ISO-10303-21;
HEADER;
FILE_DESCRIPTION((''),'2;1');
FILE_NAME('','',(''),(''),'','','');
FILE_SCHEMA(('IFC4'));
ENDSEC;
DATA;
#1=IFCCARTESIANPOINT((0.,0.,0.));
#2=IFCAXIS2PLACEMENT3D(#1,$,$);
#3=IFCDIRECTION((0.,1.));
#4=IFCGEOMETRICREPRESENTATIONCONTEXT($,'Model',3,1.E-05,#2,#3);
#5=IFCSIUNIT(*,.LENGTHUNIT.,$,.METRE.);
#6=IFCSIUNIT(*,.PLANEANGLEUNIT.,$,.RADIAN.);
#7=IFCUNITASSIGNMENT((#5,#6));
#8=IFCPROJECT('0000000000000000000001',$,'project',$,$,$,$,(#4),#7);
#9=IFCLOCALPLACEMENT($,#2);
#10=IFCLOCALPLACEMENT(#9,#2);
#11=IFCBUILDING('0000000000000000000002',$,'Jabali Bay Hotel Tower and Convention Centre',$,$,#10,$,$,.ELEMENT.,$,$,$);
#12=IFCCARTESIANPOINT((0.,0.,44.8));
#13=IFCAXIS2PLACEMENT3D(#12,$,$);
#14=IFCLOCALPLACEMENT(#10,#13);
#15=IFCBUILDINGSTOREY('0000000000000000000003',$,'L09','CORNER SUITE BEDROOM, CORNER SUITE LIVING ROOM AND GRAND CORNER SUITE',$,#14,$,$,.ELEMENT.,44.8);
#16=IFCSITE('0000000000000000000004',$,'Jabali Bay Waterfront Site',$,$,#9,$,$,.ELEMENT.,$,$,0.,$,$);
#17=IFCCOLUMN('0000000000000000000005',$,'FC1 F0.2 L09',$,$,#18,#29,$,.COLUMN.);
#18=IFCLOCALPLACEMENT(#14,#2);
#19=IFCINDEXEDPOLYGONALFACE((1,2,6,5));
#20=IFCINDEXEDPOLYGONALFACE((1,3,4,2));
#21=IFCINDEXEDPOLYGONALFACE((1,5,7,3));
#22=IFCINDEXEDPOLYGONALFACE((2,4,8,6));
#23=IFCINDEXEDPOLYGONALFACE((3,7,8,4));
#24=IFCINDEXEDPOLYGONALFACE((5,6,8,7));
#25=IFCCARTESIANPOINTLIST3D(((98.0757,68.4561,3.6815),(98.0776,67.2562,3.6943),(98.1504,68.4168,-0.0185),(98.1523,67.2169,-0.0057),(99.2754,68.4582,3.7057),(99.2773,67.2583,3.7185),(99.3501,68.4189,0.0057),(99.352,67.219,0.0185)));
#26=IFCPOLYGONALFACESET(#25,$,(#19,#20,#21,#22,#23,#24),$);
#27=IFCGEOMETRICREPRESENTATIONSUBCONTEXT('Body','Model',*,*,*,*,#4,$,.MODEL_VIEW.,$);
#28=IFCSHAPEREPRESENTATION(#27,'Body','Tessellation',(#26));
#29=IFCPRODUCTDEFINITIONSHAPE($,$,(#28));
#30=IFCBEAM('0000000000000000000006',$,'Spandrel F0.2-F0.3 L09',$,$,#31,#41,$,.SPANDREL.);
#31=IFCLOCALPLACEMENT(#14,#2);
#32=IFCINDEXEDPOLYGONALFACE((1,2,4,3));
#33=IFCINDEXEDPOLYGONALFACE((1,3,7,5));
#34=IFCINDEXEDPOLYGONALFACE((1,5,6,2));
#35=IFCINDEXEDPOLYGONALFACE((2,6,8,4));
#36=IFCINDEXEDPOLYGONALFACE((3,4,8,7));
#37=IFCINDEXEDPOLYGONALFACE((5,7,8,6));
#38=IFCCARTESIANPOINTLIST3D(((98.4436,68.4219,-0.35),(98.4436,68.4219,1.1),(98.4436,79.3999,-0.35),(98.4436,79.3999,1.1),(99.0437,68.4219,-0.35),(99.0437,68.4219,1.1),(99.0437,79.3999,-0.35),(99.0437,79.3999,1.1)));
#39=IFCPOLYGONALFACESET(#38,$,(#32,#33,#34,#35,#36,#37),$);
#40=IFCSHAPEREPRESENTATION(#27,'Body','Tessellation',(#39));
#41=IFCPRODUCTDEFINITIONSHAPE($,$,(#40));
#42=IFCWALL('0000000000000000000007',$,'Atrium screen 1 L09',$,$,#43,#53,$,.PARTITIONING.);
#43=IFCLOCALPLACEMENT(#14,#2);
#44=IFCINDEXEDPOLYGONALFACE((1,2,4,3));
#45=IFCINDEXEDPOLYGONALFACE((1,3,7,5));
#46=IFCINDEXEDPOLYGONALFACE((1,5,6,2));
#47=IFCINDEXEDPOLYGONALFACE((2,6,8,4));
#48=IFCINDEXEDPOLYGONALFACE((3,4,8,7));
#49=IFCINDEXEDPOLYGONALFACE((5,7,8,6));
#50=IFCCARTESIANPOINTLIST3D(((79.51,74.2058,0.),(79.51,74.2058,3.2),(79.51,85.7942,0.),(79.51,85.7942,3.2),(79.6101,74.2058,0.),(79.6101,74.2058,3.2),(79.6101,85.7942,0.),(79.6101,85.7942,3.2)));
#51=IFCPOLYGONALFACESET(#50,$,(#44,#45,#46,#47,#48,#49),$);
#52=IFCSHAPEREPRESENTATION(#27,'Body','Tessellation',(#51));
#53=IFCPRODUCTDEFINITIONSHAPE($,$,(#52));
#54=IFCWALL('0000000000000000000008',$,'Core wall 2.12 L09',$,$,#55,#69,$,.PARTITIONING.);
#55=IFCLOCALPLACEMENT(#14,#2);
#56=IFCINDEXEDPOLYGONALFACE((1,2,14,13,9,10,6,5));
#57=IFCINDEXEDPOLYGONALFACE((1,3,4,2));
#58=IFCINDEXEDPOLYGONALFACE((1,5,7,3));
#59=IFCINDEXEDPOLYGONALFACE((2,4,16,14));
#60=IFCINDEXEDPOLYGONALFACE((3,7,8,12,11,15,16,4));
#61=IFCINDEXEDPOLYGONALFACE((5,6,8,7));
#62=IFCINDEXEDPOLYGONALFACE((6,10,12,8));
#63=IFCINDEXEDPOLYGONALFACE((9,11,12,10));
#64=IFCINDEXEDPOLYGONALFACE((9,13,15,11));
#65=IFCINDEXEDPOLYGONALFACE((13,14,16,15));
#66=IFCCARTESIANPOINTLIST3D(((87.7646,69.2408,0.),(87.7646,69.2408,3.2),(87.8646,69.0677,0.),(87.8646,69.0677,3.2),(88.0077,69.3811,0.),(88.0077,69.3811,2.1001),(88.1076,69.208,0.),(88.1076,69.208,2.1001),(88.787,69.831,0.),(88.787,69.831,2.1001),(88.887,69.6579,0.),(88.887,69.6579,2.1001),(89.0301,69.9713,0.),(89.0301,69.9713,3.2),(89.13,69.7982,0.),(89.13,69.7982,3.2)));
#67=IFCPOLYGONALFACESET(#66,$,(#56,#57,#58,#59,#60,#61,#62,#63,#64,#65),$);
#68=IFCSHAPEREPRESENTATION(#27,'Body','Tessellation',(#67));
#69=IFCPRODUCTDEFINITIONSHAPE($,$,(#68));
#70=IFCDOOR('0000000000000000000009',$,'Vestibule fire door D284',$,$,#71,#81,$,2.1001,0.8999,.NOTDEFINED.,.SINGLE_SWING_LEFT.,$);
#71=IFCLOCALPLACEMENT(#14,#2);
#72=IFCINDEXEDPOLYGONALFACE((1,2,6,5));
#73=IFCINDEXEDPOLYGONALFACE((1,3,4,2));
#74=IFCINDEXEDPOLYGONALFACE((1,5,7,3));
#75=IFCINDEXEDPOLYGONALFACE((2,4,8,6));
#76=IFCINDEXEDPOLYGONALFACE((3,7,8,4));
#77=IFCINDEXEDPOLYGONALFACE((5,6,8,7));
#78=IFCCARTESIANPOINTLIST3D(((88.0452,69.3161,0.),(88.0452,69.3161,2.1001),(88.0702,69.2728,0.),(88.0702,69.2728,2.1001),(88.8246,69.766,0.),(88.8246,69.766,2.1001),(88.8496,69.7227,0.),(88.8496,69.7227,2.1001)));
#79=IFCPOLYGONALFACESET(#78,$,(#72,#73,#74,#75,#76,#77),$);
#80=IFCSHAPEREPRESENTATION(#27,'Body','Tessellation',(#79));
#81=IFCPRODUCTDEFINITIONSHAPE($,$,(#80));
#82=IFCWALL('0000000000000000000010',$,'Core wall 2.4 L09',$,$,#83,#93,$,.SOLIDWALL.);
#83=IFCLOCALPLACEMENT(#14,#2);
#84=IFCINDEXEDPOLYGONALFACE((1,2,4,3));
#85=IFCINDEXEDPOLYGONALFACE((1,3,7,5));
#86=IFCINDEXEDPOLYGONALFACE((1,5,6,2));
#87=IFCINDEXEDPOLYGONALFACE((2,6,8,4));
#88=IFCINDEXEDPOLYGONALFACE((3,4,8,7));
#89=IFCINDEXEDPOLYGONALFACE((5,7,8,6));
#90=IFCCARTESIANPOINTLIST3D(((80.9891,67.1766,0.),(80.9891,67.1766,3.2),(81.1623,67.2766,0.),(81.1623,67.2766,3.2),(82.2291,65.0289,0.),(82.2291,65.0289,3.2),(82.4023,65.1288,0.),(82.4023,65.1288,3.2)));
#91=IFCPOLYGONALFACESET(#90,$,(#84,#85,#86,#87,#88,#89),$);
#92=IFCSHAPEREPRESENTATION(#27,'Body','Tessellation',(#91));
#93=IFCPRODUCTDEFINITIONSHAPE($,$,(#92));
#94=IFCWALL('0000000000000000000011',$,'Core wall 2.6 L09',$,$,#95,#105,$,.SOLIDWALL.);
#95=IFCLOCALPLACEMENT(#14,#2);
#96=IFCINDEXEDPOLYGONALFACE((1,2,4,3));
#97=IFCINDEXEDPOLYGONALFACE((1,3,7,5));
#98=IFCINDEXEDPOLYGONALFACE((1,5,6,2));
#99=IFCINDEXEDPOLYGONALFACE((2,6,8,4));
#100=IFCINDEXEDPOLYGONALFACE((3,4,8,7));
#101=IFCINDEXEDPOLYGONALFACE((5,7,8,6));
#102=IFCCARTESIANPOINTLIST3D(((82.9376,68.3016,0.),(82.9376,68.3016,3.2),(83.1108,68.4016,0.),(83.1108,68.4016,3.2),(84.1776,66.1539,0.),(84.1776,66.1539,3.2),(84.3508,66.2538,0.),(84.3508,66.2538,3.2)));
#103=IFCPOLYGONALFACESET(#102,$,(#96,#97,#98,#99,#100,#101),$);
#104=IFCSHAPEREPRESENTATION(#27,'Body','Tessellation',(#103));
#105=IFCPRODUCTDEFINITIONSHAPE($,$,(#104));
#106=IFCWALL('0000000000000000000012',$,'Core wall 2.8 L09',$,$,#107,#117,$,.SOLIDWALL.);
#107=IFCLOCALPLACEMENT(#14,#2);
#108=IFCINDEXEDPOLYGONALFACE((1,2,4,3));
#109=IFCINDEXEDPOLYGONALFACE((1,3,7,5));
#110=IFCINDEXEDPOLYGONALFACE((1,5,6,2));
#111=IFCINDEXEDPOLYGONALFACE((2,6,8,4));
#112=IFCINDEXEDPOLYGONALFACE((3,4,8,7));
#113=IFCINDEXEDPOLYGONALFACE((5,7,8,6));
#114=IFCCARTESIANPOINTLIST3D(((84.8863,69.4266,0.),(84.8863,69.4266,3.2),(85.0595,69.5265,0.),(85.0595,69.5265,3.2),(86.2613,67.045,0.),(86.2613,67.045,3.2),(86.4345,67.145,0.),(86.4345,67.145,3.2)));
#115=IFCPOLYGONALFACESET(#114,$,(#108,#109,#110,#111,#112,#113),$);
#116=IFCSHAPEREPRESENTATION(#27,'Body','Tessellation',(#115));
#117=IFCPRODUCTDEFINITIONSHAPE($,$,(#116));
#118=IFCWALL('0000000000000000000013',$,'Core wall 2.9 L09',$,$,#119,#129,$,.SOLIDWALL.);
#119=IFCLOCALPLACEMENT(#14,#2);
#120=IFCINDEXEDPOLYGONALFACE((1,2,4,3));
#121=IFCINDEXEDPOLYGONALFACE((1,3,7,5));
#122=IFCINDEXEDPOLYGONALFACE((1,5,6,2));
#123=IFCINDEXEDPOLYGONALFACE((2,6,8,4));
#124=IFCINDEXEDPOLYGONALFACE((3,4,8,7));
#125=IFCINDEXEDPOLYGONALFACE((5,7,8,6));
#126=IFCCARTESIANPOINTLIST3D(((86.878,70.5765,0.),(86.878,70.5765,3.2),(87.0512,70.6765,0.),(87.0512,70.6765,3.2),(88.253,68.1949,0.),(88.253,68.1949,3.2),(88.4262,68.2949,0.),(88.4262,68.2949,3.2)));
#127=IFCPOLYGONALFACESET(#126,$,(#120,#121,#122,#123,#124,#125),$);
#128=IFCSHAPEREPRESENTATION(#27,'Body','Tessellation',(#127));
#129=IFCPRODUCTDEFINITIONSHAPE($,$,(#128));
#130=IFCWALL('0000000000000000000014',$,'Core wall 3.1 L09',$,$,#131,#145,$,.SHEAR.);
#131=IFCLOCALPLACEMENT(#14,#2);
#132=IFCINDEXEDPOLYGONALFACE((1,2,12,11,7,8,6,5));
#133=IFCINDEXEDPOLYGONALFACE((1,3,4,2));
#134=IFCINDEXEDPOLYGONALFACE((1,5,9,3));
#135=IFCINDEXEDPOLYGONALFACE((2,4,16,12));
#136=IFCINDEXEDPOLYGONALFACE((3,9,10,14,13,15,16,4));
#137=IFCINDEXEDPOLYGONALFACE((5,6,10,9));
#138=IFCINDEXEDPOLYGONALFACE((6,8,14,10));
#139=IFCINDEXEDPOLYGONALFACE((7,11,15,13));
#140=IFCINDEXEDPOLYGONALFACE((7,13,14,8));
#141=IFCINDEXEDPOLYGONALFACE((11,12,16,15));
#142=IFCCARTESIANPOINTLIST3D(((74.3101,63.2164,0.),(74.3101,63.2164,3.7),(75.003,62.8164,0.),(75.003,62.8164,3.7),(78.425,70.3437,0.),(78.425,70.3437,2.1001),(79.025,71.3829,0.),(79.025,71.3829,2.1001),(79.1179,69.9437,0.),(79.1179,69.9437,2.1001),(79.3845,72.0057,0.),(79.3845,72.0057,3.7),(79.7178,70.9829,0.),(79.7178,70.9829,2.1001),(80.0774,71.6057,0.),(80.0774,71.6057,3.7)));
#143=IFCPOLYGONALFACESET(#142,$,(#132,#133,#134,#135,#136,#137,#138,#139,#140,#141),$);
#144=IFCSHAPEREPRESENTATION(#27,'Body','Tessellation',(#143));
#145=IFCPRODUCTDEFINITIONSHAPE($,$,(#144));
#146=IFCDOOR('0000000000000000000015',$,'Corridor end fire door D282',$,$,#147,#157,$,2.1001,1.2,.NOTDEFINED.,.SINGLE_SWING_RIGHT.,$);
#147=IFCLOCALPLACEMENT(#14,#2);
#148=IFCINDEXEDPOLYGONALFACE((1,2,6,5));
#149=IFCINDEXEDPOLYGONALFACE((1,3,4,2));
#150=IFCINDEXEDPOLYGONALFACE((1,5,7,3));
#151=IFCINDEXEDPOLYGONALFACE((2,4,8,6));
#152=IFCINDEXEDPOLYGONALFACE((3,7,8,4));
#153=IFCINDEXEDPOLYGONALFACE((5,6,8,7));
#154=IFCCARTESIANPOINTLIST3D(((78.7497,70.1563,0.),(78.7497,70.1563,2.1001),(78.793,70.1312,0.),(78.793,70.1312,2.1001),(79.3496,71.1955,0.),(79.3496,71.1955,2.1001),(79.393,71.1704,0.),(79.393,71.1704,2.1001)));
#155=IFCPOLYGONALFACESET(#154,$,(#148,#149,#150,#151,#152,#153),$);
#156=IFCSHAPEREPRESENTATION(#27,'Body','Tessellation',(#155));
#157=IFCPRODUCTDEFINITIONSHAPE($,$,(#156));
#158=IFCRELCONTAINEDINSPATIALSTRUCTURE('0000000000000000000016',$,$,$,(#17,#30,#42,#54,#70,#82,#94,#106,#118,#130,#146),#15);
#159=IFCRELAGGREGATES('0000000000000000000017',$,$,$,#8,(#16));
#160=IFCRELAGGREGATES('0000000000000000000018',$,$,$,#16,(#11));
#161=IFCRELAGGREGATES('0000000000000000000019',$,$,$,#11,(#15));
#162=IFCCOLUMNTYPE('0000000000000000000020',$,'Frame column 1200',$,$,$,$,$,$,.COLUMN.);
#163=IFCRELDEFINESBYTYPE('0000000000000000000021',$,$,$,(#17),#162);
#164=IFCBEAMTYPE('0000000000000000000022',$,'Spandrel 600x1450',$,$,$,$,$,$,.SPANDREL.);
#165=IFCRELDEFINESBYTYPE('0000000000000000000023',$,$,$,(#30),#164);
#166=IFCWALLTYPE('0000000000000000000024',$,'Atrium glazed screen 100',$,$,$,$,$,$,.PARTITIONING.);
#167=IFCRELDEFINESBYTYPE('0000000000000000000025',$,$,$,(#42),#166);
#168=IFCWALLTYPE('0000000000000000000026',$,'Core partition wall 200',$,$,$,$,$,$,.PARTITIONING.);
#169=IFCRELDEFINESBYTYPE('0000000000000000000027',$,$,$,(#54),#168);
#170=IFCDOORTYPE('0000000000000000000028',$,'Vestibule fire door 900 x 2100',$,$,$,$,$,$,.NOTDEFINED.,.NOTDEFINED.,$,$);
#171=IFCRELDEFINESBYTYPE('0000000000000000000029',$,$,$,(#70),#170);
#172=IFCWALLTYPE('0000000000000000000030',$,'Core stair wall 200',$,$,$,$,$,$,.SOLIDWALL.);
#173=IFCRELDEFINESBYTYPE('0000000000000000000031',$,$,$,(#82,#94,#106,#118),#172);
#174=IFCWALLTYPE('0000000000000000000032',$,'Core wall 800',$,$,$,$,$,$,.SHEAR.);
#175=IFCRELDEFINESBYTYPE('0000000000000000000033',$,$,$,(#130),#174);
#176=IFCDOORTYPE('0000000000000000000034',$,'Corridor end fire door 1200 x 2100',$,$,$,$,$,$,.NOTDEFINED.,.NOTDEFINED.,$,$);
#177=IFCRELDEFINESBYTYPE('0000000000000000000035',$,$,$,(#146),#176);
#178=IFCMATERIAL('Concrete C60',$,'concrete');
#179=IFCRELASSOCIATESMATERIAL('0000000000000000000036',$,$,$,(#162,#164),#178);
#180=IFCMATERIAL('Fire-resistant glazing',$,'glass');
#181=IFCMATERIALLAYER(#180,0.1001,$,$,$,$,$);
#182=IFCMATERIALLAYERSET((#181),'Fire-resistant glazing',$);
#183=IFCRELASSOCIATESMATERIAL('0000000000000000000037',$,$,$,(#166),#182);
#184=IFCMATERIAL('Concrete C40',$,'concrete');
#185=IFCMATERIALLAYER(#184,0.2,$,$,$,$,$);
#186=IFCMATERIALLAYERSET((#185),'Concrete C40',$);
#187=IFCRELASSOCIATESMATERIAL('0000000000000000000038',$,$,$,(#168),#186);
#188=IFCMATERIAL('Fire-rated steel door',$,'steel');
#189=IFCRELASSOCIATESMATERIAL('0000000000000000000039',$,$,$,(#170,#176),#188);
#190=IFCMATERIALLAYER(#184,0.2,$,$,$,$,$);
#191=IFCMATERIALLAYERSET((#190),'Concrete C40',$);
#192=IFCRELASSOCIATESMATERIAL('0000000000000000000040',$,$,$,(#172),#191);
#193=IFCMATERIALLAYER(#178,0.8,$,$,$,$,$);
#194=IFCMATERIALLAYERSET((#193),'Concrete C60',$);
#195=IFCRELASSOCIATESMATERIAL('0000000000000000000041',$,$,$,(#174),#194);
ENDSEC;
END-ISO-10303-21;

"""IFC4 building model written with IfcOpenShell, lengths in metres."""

from ifc_helpers import new_model, si_unit, direction, frame, frame_2d, origin, origin_2d, place, context, subcontext, project, spatial, rectangle, extrude, material, layer, layer_set, material_profile, profile_set, type_object, element, fill, save


model = new_model("IFC4")

# Units and contexts
model_context = context("Model", 3, precision=1e-05, world=origin(), true_north=direction((0.0, 1.0)))
body_context = subcontext(model_context, "Body", "Model", "MODEL_VIEW")
ifc_project = project(units=[si_unit("LENGTHUNIT", "METRE"), si_unit("PLANEANGLEUNIT", "RADIAN")], contexts=[model_context])

# Site, building, storey
site_placement = place(None, origin())
site = spatial("IfcSite", under=ifc_project, at=site_placement, Name="Jabali Bay Waterfront Site", CompositionType="ELEMENT", RefElevation=0.0)
building_placement = place(site_placement, origin())
building = spatial("IfcBuilding", under=site, at=building_placement, Name="Jabali Bay Hotel Tower and Convention Centre", CompositionType="ELEMENT")
storey_placement = place(building_placement, frame((0.0, 0.0, 44.8)))
storey = spatial("IfcBuildingStorey", under=building, at=storey_placement, Name="L09", Description="CORNER SUITE BEDROOM, CORNER SUITE LIVING ROOM AND GRAND CORNER SUITE", CompositionType="ELEMENT", Elevation=44.8)

# Column
ifc_material_1 = material(Name="Concrete C60", Category="concrete")
ifc_material_profile_1 = material_profile(ifc_material_1, rectangle(XDim=1.2, YDim=1.2, at=origin_2d()), Name="Frame column 1200")
ifc_profile_set_1 = profile_set([ifc_material_profile_1], Name="Concrete C60")
column_type = type_object("IfcColumnType", Name="Frame column 1200", PredefinedType="COLUMN", material=ifc_profile_set_1)
column_placement = place(storey_placement, frame((98.7512, 67.8179, 0.0), z_axis=(-0.020186, 0.010621, 0.99974), x_axis=(0.001543, -0.999942, 0.010654)))
element("IfcColumn", 1, at=column_placement, inside=storey, type_object=column_type, Name="FC1 F0.2 L09", PredefinedType="COLUMN", context=body_context, shape_type="SweptSolid", body=[
    extrude(rectangle(XDim=1.2, YDim=1.2, at=origin_2d()), origin(), (0.0, 0.0, 1.0), 3.7009),
])

# Beam
ifc_material_profile_2 = material_profile(ifc_material_1, rectangle(XDim=0.6001, YDim=1.45, at=origin_2d()), Name="Spandrel 600x1450")
ifc_profile_set_2 = profile_set([ifc_material_profile_2], Name="Concrete C60")
beam_type = type_object("IfcBeamType", Name="Spandrel 600x1450", PredefinedType="SPANDREL", material=ifc_profile_set_2)
beam_placement = place(storey_placement, frame((98.7437, 68.4219, 0.375), z_axis=(0.0, 1.0, 0.0), x_axis=(-1.0, 0.0, 0.0)))
element("IfcBeam", 2, at=beam_placement, inside=storey, type_object=beam_type, Name="Spandrel F0.2-F0.3 L09", PredefinedType="SPANDREL", context=body_context, shape_type="SweptSolid", body=[
    extrude(rectangle(XDim=0.6001, YDim=1.45, at=origin_2d()), origin(), (0.0, 0.0, 1.0), 10.978),
])

# Wall
ifc_material_2 = material(Name="Fire-resistant glazing", Category="glass")
ifc_layer_1 = layer(ifc_material_2, 0.1001)
ifc_layer_set_1 = layer_set([ifc_layer_1], Name="Fire-resistant glazing")
wall_type_1 = type_object("IfcWallType", Name="Atrium glazed screen 100", PredefinedType="PARTITIONING", material=ifc_layer_set_1)
wall_1_placement = place(storey_placement, frame((79.5601, 74.2058, 0.0), z_axis=(0.0, 0.0, 1.0), x_axis=(0.0, 1.0, 0.0)))
element("IfcWall", 3, at=wall_1_placement, inside=storey, type_object=wall_type_1, Name="Atrium screen 1 L09", PredefinedType="PARTITIONING", context=body_context, shape_type="SweptSolid", body=[
    extrude(rectangle(XDim=11.5884, YDim=0.1001, at=frame_2d((5.7942, 0.0))), origin(), (0.0, 0.0, 1.0), 3.2),
])

# Wall, opening, door
ifc_material_3 = material(Name="Concrete C40", Category="concrete")
ifc_layer_2 = layer(ifc_material_3, 0.2)
ifc_layer_set_2 = layer_set([ifc_layer_2], Name="Concrete C40")
wall_type_2 = type_object("IfcWallType", Name="Core partition wall 200", PredefinedType="PARTITIONING", material=ifc_layer_set_2)
wall_2_placement = place(storey_placement, frame((87.8147, 69.1543, 0.0), z_axis=(0.0, 0.0, 1.0), x_axis=(0.866055, 0.499949, 0.0)))
wall_2 = element("IfcWall", 4, at=wall_2_placement, inside=storey, type_object=wall_type_2, Name="Core wall 2.12 L09", PredefinedType="PARTITIONING", context=body_context, shape_type="SweptSolid", body=[
    extrude(rectangle(XDim=1.4612, YDim=0.2, at=frame_2d((0.7305, 0.0))), origin(), (0.0, 0.0, 1.0), 3.2),
])
opening_1_placement = place(wall_2_placement, frame((0.2805, 0.0, 0.0)))
opening_1 = element("IfcOpeningElement", 5, at=opening_1_placement, cuts=wall_2, PredefinedType="OPENING", context=body_context, shape_type="SweptSolid", body=[
    extrude(rectangle(XDim=0.8999, YDim=2.1001, at=frame_2d((0.45, 1.05))), frame((0.0, 0.1104, 0.0), z_axis=(0.0, -1.0, 0.0), x_axis=(1.0, 0.0, 0.0)), (0.0, 0.0, 1.0), 0.2209),
])
ifc_material_4 = material(Name="Fire-rated steel door", Category="steel")
door_type_1 = type_object("IfcDoorType", Name="Vestibule fire door 900 x 2100", OperationType="NOTDEFINED", PredefinedType="NOTDEFINED", material=ifc_material_4)
door_1_placement = place(opening_1_placement, origin())
door_1 = element("IfcDoor", 6, at=door_1_placement, inside=storey, type_object=door_type_1, Name="Vestibule fire door D284", OperationType="SINGLE_SWING_LEFT", OverallHeight=2.1001, OverallWidth=0.8999, PredefinedType="NOTDEFINED", context=body_context, shape_type="SweptSolid", body=[
    extrude(rectangle(XDim=0.8999, YDim=2.1001, at=frame_2d((0.45, 1.05))), frame((0.0, 0.0249, 0.0), z_axis=(0.0, -1.0, 0.0), x_axis=(1.0, 0.0, 0.0)), (0.0, 0.0, 1.0), 0.05),
])
fill(opening_1, door_1)

# Walls
ifc_layer_3 = layer(ifc_material_3, 0.2)
ifc_layer_set_3 = layer_set([ifc_layer_3], Name="Concrete C40")
wall_type_3 = type_object("IfcWallType", Name="Core stair wall 200", PredefinedType="SOLIDWALL", material=ifc_layer_set_3)
for number, where, z_axis, x_axis, name in (
    (7, (81.0757, 67.2266, 0.0), (0.0, 0.0, 1.0), (0.500004, -0.866023, 0.0), "Core wall 2.4 L09"),
    (8, (83.0242, 68.3516, 0.0), (0.0, 0.0, 1.0), (0.500004, -0.866023, 0.0), "Core wall 2.6 L09"),
):
    element("IfcWall", number, at=place(storey_placement, frame(where, z_axis=z_axis, x_axis=x_axis)), inside=storey, type_object=wall_type_3, Name=name, PredefinedType="SOLIDWALL", context=body_context, shape_type="SweptSolid", body=[
        extrude(rectangle(XDim=2.48, YDim=0.2, at=frame_2d((1.24, 0.0))), origin(), (0.0, 0.0, 1.0), 3.2),
    ])
for number, where, z_axis, x_axis, name in (
    (9, (84.9729, 69.4766, 0.0), (0.0, 0.0, 1.0), (0.499997, -0.866027, 0.0), "Core wall 2.8 L09"),
    (10, (86.9646, 70.6265, 0.0), (0.0, 0.0, 1.0), (0.499997, -0.866027, 0.0), "Core wall 2.9 L09"),
):
    element("IfcWall", number, at=place(storey_placement, frame(where, z_axis=z_axis, x_axis=x_axis)), inside=storey, type_object=wall_type_3, Name=name, PredefinedType="SOLIDWALL", context=body_context, shape_type="SweptSolid", body=[
        extrude(rectangle(XDim=2.75, YDim=0.2, at=frame_2d((1.375, 0.0))), origin(), (0.0, 0.0, 1.0), 3.2),
    ])

# Wall, opening, door
ifc_layer_4 = layer(ifc_material_1, 0.8)
ifc_layer_set_4 = layer_set([ifc_layer_4], Name="Concrete C60")
wall_type_4 = type_object("IfcWallType", Name="Core wall 800", PredefinedType="SHEAR", material=ifc_layer_set_4)
wall_3_placement = place(storey_placement, frame((79.731, 71.8057, 0.0), z_axis=(0.0, 0.0, 1.0), x_axis=(-0.499997, -0.866027, 0.0)))
wall_3 = element("IfcWall", 11, at=wall_3_placement, inside=storey, type_object=wall_type_4, Name="Core wall 3.1 L09", PredefinedType="SHEAR", context=body_context, shape_type="SweptSolid", body=[
    extrude(rectangle(XDim=10.1489, YDim=0.8, at=frame_2d((5.0745, 0.0))), origin(), (0.0, 0.0, 1.0), 3.7),
])
opening_2_placement = place(wall_3_placement, frame((0.719, 0.0, 0.0)))
opening_2 = element("IfcOpeningElement", 12, at=opening_2_placement, cuts=wall_3, PredefinedType="OPENING", context=body_context, shape_type="SweptSolid", body=[
    extrude(rectangle(XDim=1.2, YDim=2.1001, at=frame_2d((0.6001, 1.05))), frame((0.0, 0.4106, 0.0), z_axis=(0.0, -1.0, 0.0), x_axis=(1.0, 0.0, 0.0)), (0.0, 0.0, 1.0), 0.821),
])
door_type_2 = type_object("IfcDoorType", Name="Corridor end fire door 1200 x 2100", OperationType="NOTDEFINED", PredefinedType="NOTDEFINED", material=ifc_material_4)
door_2_placement = place(opening_2_placement, origin())
door_2 = element("IfcDoor", 13, at=door_2_placement, inside=storey, type_object=door_type_2, Name="Corridor end fire door D282", OperationType="SINGLE_SWING_RIGHT", OverallHeight=2.1001, OverallWidth=1.2, PredefinedType="NOTDEFINED", context=body_context, shape_type="SweptSolid", body=[
    extrude(rectangle(XDim=1.2, YDim=2.1001, at=frame_2d((0.6001, 1.05))), frame((0.0, 0.0249, 0.0), z_axis=(0.0, -1.0, 0.0), x_axis=(1.0, 0.0, 0.0)), (0.0, 0.0, 1.0), 0.05),
])
fill(opening_2, door_2)

save(model, "model.ifc")
